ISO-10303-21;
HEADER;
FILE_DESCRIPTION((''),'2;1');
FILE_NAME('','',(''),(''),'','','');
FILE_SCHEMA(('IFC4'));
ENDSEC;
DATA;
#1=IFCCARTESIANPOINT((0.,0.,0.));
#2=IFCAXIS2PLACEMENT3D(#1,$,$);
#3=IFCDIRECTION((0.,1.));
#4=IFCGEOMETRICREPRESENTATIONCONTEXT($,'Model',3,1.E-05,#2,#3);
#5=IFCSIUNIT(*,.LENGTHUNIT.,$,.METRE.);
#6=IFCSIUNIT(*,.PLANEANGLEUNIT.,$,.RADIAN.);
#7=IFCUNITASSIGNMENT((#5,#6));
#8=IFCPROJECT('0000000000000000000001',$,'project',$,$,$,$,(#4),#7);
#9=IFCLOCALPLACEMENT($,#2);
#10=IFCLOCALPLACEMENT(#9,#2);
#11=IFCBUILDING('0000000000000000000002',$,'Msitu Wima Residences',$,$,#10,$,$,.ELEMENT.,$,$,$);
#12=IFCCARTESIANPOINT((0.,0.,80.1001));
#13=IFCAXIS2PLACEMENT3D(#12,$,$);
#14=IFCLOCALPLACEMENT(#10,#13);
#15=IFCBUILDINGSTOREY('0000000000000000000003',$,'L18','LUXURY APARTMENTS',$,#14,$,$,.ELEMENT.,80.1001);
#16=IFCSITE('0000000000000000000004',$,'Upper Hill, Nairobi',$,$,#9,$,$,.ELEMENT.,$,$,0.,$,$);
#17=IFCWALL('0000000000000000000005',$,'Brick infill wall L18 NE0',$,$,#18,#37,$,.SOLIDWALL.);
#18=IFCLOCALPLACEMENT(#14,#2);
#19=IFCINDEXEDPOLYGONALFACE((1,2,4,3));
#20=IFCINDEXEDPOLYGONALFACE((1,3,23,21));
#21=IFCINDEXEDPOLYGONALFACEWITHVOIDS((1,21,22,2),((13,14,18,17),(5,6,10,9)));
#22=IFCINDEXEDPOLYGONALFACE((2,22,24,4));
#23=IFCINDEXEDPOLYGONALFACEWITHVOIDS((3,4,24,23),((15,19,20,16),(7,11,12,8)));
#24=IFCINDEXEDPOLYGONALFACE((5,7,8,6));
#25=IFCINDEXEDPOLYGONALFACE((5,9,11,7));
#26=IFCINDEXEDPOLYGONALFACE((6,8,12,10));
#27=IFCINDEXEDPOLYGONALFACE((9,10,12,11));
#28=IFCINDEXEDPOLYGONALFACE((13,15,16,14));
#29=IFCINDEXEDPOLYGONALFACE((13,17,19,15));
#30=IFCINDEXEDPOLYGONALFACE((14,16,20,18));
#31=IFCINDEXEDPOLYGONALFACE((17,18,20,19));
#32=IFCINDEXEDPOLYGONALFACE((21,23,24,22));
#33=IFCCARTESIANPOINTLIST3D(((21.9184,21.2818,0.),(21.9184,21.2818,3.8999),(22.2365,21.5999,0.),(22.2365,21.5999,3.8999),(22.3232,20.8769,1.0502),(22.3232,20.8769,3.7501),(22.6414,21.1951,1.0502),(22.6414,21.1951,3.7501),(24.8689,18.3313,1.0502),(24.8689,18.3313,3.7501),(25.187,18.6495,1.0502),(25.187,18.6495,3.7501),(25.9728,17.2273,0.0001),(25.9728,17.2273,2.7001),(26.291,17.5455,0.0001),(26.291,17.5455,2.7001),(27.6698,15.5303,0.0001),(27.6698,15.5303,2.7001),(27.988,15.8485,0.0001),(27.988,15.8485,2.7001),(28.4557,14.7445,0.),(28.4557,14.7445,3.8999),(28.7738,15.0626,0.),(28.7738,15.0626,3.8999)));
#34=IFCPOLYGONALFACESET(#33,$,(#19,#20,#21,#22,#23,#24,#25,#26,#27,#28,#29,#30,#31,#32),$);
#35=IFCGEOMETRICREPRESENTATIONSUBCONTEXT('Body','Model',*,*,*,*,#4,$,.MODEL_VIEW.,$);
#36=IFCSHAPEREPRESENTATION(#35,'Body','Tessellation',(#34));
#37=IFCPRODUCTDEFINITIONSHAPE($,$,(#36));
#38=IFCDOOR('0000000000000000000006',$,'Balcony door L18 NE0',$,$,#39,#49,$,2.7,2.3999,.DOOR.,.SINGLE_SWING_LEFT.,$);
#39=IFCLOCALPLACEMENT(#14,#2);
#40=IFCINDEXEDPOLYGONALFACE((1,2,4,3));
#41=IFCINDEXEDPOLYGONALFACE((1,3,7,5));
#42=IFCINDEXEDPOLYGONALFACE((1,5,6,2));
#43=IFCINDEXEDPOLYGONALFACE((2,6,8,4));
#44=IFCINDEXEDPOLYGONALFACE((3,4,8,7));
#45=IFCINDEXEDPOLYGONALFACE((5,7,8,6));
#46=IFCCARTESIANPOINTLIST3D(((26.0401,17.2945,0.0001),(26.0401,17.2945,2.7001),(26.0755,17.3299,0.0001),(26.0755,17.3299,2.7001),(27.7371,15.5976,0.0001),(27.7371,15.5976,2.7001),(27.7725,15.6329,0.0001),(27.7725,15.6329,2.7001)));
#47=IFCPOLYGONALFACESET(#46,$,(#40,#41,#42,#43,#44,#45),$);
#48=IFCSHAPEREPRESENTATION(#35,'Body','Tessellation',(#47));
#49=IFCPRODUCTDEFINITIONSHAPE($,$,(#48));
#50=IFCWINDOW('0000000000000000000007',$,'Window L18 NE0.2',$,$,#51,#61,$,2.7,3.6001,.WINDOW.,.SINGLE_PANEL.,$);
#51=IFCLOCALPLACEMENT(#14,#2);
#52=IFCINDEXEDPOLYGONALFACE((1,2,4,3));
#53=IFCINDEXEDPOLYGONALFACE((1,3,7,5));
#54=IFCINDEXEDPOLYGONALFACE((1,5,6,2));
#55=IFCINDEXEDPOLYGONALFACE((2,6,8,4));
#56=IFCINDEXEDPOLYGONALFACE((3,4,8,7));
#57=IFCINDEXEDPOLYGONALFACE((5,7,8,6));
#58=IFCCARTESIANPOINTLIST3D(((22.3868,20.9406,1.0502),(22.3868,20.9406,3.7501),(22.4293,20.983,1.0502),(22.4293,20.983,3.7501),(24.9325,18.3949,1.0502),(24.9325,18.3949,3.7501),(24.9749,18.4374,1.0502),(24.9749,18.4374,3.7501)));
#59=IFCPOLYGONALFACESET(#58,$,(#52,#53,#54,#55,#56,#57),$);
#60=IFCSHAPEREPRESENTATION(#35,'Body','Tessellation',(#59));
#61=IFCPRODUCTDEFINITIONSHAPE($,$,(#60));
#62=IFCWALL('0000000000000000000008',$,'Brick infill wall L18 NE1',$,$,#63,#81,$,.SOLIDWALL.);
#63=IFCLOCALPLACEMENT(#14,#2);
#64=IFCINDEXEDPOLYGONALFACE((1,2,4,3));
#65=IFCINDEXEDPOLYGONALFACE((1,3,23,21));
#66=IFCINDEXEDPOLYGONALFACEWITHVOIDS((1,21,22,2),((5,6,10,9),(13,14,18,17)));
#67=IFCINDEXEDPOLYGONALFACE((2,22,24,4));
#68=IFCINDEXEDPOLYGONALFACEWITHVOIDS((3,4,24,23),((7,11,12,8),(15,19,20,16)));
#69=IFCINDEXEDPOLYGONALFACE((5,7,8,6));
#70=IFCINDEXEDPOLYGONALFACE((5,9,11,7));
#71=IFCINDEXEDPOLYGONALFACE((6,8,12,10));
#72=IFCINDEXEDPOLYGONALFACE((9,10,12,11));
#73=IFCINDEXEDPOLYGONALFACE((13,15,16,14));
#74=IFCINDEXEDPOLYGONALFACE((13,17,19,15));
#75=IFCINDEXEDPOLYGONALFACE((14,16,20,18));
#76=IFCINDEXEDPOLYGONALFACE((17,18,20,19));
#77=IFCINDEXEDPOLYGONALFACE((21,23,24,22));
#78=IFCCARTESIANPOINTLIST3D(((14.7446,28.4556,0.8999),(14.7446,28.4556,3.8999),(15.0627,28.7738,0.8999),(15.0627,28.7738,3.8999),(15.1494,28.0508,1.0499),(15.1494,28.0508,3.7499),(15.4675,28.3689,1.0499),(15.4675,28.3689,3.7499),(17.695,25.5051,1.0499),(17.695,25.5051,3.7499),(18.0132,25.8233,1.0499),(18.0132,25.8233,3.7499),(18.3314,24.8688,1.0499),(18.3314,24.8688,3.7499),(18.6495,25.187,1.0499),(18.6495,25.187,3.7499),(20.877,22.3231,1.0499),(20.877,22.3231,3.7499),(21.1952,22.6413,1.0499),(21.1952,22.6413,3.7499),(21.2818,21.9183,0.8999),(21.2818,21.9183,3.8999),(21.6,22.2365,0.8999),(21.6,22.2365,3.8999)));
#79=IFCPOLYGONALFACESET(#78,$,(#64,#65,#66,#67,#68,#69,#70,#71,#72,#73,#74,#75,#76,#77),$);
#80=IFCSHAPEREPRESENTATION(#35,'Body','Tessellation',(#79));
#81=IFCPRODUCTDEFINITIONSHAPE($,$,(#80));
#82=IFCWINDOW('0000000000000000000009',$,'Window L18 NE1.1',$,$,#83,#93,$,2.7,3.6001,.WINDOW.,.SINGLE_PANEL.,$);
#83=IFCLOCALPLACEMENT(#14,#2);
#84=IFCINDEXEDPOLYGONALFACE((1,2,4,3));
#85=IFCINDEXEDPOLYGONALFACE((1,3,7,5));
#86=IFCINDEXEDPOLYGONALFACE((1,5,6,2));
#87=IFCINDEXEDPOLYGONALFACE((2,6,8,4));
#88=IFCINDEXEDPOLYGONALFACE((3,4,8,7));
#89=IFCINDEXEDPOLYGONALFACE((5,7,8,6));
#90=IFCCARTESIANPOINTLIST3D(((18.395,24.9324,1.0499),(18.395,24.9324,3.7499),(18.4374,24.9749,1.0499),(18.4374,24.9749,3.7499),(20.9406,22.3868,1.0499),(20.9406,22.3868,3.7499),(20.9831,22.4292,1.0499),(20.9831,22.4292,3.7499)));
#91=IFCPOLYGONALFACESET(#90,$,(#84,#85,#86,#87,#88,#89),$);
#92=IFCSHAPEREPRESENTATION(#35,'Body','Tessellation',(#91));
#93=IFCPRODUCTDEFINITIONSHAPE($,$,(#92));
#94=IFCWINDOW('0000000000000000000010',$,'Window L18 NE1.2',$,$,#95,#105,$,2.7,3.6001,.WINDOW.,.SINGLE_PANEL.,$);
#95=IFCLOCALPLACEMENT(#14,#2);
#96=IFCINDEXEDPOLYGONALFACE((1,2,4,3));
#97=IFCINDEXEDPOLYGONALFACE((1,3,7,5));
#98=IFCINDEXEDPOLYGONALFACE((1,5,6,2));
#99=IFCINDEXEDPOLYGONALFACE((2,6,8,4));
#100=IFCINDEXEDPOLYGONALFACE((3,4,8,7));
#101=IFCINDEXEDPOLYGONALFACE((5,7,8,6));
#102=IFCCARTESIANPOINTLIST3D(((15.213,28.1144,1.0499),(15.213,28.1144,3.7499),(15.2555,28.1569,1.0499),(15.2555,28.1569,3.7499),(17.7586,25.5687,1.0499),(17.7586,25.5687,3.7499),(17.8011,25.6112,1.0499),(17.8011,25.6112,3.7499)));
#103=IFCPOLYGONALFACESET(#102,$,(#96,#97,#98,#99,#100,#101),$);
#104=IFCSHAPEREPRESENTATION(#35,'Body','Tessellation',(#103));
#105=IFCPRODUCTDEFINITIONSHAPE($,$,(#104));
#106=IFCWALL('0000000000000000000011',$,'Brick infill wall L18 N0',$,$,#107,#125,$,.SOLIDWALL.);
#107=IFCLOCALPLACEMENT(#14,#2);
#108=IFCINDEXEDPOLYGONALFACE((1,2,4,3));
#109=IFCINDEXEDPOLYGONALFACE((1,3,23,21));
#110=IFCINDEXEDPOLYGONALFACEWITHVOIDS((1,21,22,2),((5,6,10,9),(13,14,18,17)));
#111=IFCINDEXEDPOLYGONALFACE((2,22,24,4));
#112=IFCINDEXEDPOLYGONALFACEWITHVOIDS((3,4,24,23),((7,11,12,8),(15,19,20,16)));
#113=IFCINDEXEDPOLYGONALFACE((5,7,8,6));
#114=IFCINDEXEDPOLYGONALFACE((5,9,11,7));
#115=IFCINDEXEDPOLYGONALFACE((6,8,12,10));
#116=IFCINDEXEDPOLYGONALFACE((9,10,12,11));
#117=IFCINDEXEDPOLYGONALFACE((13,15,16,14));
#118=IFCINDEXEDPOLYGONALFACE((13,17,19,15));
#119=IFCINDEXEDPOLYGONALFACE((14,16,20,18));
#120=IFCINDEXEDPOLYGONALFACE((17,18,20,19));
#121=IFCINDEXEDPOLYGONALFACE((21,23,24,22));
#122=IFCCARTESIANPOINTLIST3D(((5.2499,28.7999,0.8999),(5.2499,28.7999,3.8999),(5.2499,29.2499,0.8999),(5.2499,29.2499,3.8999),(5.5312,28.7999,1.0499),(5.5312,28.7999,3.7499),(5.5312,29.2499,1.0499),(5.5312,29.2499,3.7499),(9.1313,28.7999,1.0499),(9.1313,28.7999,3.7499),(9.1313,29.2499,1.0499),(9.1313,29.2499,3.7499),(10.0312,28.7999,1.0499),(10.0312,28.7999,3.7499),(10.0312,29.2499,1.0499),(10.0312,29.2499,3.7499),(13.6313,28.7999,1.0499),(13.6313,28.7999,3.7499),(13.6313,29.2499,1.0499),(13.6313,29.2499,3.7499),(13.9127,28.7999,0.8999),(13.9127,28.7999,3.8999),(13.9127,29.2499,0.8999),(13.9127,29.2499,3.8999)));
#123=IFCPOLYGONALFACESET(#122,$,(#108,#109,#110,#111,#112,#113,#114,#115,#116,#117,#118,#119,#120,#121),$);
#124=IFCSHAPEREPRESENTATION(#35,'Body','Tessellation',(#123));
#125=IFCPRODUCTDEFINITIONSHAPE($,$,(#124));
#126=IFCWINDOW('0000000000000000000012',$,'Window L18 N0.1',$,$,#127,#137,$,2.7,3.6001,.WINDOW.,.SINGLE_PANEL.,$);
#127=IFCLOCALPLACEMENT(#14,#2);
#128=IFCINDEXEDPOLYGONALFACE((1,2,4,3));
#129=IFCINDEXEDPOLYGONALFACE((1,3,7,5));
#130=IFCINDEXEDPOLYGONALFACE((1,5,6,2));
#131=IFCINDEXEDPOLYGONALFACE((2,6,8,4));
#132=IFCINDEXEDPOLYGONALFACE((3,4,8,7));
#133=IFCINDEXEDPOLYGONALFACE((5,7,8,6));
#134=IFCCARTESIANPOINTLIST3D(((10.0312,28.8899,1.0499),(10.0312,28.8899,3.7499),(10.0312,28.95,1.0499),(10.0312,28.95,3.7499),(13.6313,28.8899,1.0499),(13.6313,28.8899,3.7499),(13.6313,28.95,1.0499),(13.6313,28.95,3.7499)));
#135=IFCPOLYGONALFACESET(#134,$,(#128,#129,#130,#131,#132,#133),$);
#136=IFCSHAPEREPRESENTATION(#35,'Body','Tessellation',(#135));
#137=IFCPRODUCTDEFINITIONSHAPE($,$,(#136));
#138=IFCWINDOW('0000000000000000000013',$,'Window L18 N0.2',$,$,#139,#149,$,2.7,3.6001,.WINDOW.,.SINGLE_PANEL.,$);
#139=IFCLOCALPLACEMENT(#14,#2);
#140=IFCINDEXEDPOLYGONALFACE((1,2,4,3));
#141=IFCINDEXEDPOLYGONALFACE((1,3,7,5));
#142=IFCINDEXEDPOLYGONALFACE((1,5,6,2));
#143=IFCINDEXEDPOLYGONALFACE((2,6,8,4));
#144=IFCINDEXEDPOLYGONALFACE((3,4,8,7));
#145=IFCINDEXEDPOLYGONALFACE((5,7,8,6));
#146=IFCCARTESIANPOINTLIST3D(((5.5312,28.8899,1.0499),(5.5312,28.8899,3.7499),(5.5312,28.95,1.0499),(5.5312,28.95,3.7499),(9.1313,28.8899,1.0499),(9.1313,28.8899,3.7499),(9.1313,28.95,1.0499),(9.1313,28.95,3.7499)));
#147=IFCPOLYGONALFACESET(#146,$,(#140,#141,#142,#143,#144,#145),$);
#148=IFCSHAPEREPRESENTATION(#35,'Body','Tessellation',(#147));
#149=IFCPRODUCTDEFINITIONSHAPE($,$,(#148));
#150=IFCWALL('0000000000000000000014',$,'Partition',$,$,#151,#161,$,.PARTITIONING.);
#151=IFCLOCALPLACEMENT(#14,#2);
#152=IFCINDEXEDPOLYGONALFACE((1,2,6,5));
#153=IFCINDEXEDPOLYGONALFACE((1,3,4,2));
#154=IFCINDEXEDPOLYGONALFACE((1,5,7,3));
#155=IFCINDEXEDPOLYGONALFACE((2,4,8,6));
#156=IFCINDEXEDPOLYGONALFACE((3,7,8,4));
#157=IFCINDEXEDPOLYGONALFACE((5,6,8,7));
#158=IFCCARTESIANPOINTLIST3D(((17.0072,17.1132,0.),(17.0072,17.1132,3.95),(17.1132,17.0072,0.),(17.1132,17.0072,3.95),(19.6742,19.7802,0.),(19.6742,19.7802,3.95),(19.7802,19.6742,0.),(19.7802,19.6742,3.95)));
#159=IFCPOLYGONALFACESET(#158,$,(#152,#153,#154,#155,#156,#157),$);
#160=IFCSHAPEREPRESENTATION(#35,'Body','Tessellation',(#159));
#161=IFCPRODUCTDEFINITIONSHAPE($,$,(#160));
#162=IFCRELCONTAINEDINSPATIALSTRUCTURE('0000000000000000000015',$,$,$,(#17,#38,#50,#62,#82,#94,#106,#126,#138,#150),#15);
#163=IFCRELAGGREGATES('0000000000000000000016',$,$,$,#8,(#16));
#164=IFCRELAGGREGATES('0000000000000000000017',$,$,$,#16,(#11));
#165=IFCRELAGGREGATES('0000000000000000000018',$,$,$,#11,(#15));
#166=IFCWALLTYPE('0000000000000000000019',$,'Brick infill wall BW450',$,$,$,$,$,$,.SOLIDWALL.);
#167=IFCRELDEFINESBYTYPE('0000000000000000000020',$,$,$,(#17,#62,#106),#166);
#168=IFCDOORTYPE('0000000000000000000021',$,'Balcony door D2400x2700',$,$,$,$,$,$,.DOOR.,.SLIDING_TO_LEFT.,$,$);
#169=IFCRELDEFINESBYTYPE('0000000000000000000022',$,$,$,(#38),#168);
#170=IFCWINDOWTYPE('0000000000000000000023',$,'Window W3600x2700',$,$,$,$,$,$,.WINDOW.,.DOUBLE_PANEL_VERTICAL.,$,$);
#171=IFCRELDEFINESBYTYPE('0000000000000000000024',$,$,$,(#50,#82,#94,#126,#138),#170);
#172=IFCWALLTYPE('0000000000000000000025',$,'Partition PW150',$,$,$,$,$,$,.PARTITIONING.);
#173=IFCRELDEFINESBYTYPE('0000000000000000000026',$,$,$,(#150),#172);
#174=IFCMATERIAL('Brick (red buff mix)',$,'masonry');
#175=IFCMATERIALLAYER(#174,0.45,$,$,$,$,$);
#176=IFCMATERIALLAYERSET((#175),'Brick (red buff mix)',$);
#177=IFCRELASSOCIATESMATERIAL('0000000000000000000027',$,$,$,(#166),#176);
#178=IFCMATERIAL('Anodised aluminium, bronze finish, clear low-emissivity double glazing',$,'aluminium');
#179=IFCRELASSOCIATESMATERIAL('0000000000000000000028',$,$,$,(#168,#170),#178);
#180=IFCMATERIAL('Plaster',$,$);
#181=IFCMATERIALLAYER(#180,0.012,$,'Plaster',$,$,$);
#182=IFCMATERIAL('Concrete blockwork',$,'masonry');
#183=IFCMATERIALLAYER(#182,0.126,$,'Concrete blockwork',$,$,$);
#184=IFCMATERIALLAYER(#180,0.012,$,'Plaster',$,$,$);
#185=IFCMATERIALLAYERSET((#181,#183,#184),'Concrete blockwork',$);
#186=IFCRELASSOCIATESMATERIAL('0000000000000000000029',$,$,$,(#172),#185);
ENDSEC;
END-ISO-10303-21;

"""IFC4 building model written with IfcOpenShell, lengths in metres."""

from ifc_helpers import new_model, si_unit, direction, frame, frame_2d, origin, place, context, subcontext, project, spatial, rectangle, extrude, material, layer, layer_set, type_object, element, fill, save


model = new_model("IFC4")

# Units and contexts
model_context = context("Model", 3, precision=1e-05, world=origin(), true_north=direction((0.0, 1.0)))
body_context = subcontext(model_context, "Body", "Model", "MODEL_VIEW")
ifc_project = project(units=[si_unit("LENGTHUNIT", "METRE"), si_unit("PLANEANGLEUNIT", "RADIAN")], contexts=[model_context])

# Site, building, storey
site_placement = place(None, origin())
site = spatial("IfcSite", under=ifc_project, at=site_placement, Name="Upper Hill, Nairobi", CompositionType="ELEMENT", RefElevation=0.0)
building_placement = place(site_placement, origin())
building = spatial("IfcBuilding", under=site, at=building_placement, Name="Msitu Wima Residences", CompositionType="ELEMENT")
storey_placement = place(building_placement, frame((0.0, 0.0, 80.1001)))
storey = spatial("IfcBuildingStorey", under=building, at=storey_placement, Name="L18", Description="LUXURY APARTMENTS", CompositionType="ELEMENT", Elevation=80.1001)

# Wall, openings, door, window
ifc_material_1 = material(Name="Brick (red buff mix)", Category="masonry")
ifc_layer_1 = layer(ifc_material_1, 0.45)
ifc_layer_set_1 = layer_set([ifc_layer_1], Name="Brick (red buff mix)")
wall_type_1 = type_object("IfcWallType", Name="Brick infill wall BW450", PredefinedType="SOLIDWALL", material=ifc_layer_set_1)
wall_1_placement = place(storey_placement, frame((28.6147, 14.9036, 0.0), z_axis=(0.0, 0.0, 1.0), x_axis=(-0.707107, 0.707107, 0.0)))
wall_1 = element("IfcWall", 1, at=wall_1_placement, inside=storey, type_object=wall_type_1, Name="Brick infill wall L18 NE0", PredefinedType="SOLIDWALL", context=body_context, shape_type="SweptSolid", body=[
    extrude(rectangle(XDim=9.2451, YDim=0.45, at=frame_2d((4.6226, 0.0))), origin(), (0.0, 0.0, 1.0), 3.8999),
])
opening_1_placement = place(wall_1_placement, frame((1.1113, 0.0, 0.0)))
opening_1 = element("IfcOpeningElement", 2, at=opening_1_placement, cuts=wall_1, PredefinedType="OPENING", context=body_context, shape_type="SweptSolid", body=[
    extrude(rectangle(XDim=2.3999, YDim=2.7, at=frame_2d((1.2, 1.3501))), frame((0.0, 0.2349, 0.0), z_axis=(0.0, -1.0, 0.0), x_axis=(1.0, 0.0, 0.0)), (0.0, 0.0, 1.0), 0.47),
])
opening_2_placement = place(wall_1_placement, frame((5.0725, 0.0, 1.05)))
opening_2 = element("IfcOpeningElement", 3, at=opening_2_placement, cuts=wall_1, PredefinedType="OPENING", context=body_context, shape_type="SweptSolid", body=[
    extrude(rectangle(XDim=3.6001, YDim=2.7, at=frame_2d((1.8, 1.3501))), frame((0.0, 0.2349, 0.0), z_axis=(0.0, -1.0, 0.0), x_axis=(1.0, 0.0, 0.0)), (0.0, 0.0, 1.0), 0.47),
])
ifc_material_2 = material(Name="Anodised aluminium, bronze finish, clear low-emissivity double glazing", Category="aluminium")
door_type_1 = type_object("IfcDoorType", Name="Balcony door D2400x2700", OperationType="SLIDING_TO_LEFT", PredefinedType="DOOR", material=ifc_material_2)
door_1_placement = place(opening_1_placement, origin())
door_1 = element("IfcDoor", 4, at=door_1_placement, inside=storey, type_object=door_type_1, Name="Balcony door L18 NE0", OperationType="SINGLE_SWING_LEFT", OverallHeight=2.7, OverallWidth=2.3999, PredefinedType="DOOR", context=body_context, shape_type="SweptSolid", body=[
    extrude(rectangle(XDim=2.3999, YDim=2.7, at=frame_2d((1.2, 1.3501))), frame((0.0, 0.1299, 0.0), z_axis=(0.0, -1.0, 0.0), x_axis=(1.0, 0.0, 0.0)), (0.0, 0.0, 1.0), 0.05),
])
fill(opening_1, door_1)
window_type = type_object("IfcWindowType", Name="Window W3600x2700", PartitioningType="DOUBLE_PANEL_VERTICAL", PredefinedType="WINDOW", material=ifc_material_2)
window_1_placement = place(opening_2_placement, origin())
window_1 = element("IfcWindow", 5, at=window_1_placement, inside=storey, type_object=window_type, Name="Window L18 NE0.2", OverallHeight=2.7, OverallWidth=3.6001, PartitioningType="SINGLE_PANEL", PredefinedType="WINDOW", context=body_context, shape_type="SweptSolid", body=[
    extrude(rectangle(XDim=3.6001, YDim=2.7, at=frame_2d((1.8, 1.3501))), frame((0.0, 0.135, 0.0), z_axis=(0.0, -1.0, 0.0), x_axis=(1.0, 0.0, 0.0)), (0.0, 0.0, 1.0), 0.0601),
])
fill(opening_2, window_1)

# Walls, openings, windows
wall_2_placement = place(storey_placement, frame((21.4409, 22.0774, 0.8999), z_axis=(0.0, 0.0, 1.0), x_axis=(-0.707107, 0.707107, 0.0)))
wall_2 = element("IfcWall", 6, at=wall_2_placement, inside=storey, type_object=wall_type_1, Name="Brick infill wall L18 NE1", PredefinedType="SOLIDWALL", context=body_context, shape_type="SweptSolid", body=[
    extrude(rectangle(XDim=9.2451, YDim=0.45, at=frame_2d((4.6226, 0.0))), origin(), (0.0, 0.0, 1.0), 3.0),
])
opening_3_placement = place(wall_2_placement, frame((0.5725, 0.0, 0.1499)))
opening_3 = element("IfcOpeningElement", 7, at=opening_3_placement, cuts=wall_2, PredefinedType="OPENING", context=body_context, shape_type="SweptSolid", body=[
    extrude(rectangle(XDim=3.6001, YDim=2.7, at=frame_2d((1.8, 1.3501))), frame((0.0, 0.2349, 0.0), z_axis=(0.0, -1.0, 0.0), x_axis=(1.0, 0.0, 0.0)), (0.0, 0.0, 1.0), 0.47),
])
opening_4_placement = place(wall_2_placement, frame((5.0725, 0.0, 0.1499)))
opening_4 = element("IfcOpeningElement", 8, at=opening_4_placement, cuts=wall_2, PredefinedType="OPENING", context=body_context, shape_type="SweptSolid", body=[
    extrude(rectangle(XDim=3.6001, YDim=2.7, at=frame_2d((1.8, 1.3501))), frame((0.0, 0.2349, 0.0), z_axis=(0.0, -1.0, 0.0), x_axis=(1.0, 0.0, 0.0)), (0.0, 0.0, 1.0), 0.47),
])
window_2_placement = place(opening_3_placement, origin())
window_2 = element("IfcWindow", 9, at=window_2_placement, inside=storey, type_object=window_type, Name="Window L18 NE1.1", OverallHeight=2.7, OverallWidth=3.6001, PartitioningType="SINGLE_PANEL", PredefinedType="WINDOW", context=body_context, shape_type="SweptSolid", body=[
    extrude(rectangle(XDim=3.6001, YDim=2.7, at=frame_2d((1.8, 1.3501))), frame((0.0, 0.135, 0.0), z_axis=(0.0, -1.0, 0.0), x_axis=(1.0, 0.0, 0.0)), (0.0, 0.0, 1.0), 0.0601),
])
fill(opening_3, window_2)
window_3_placement = place(opening_4_placement, origin())
window_3 = element("IfcWindow", 10, at=window_3_placement, inside=storey, type_object=window_type, Name="Window L18 NE1.2", OverallHeight=2.7, OverallWidth=3.6001, PartitioningType="SINGLE_PANEL", PredefinedType="WINDOW", context=body_context, shape_type="SweptSolid", body=[
    extrude(rectangle(XDim=3.6001, YDim=2.7, at=frame_2d((1.8, 1.3501))), frame((0.0, 0.135, 0.0), z_axis=(0.0, -1.0, 0.0), x_axis=(1.0, 0.0, 0.0)), (0.0, 0.0, 1.0), 0.0601),
])
fill(opening_4, window_3)
wall_3_placement = place(storey_placement, frame((13.9128, 29.0249, 0.8999), z_axis=(0.0, 0.0, 1.0), x_axis=(-1.0, 0.0, 0.0)))
wall_3 = element("IfcWall", 11, at=wall_3_placement, inside=storey, type_object=wall_type_1, Name="Brick infill wall L18 N0", PredefinedType="SOLIDWALL", context=body_context, shape_type="SweptSolid", body=[
    extrude(rectangle(XDim=8.6628, YDim=0.45, at=frame_2d((4.3315, 0.0))), origin(), (0.0, 0.0, 1.0), 3.0),
])
opening_5_placement = place(wall_3_placement, frame((0.2815, 0.0, 0.1499)))
opening_5 = element("IfcOpeningElement", 12, at=opening_5_placement, cuts=wall_3, PredefinedType="OPENING", context=body_context, shape_type="SweptSolid", body=[
    extrude(rectangle(XDim=3.6001, YDim=2.7, at=frame_2d((1.8, 1.3501))), frame((0.0, 0.2349, 0.0), z_axis=(0.0, -1.0, 0.0), x_axis=(1.0, 0.0, 0.0)), (0.0, 0.0, 1.0), 0.47),
])
opening_6_placement = place(wall_3_placement, frame((4.7815, 0.0, 0.1499)))
opening_6 = element("IfcOpeningElement", 13, at=opening_6_placement, cuts=wall_3, PredefinedType="OPENING", context=body_context, shape_type="SweptSolid", body=[
    extrude(rectangle(XDim=3.6001, YDim=2.7, at=frame_2d((1.8, 1.3501))), frame((0.0, 0.2349, 0.0), z_axis=(0.0, -1.0, 0.0), x_axis=(1.0, 0.0, 0.0)), (0.0, 0.0, 1.0), 0.47),
])
window_4_placement = place(opening_5_placement, origin())
window_4 = element("IfcWindow", 14, at=window_4_placement, inside=storey, type_object=window_type, Name="Window L18 N0.1", OverallHeight=2.7, OverallWidth=3.6001, PartitioningType="SINGLE_PANEL", PredefinedType="WINDOW", context=body_context, shape_type="SweptSolid", body=[
    extrude(rectangle(XDim=3.6001, YDim=2.7, at=frame_2d((1.8, 1.3501))), frame((0.0, 0.135, 0.0), z_axis=(0.0, -1.0, 0.0), x_axis=(1.0, 0.0, 0.0)), (0.0, 0.0, 1.0), 0.0601),
])
fill(opening_5, window_4)
window_5_placement = place(opening_6_placement, origin())
window_5 = element("IfcWindow", 15, at=window_5_placement, inside=storey, type_object=window_type, Name="Window L18 N0.2", OverallHeight=2.7, OverallWidth=3.6001, PartitioningType="SINGLE_PANEL", PredefinedType="WINDOW", context=body_context, shape_type="SweptSolid", body=[
    extrude(rectangle(XDim=3.6001, YDim=2.7, at=frame_2d((1.8, 1.3501))), frame((0.0, 0.135, 0.0), z_axis=(0.0, -1.0, 0.0), x_axis=(1.0, 0.0, 0.0)), (0.0, 0.0, 1.0), 0.0601),
])
fill(opening_6, window_5)

# Wall
ifc_material_3 = material(Name="Plaster")
ifc_layer_2 = layer(ifc_material_3, 0.012, Name="Plaster")
ifc_material_4 = material(Name="Concrete blockwork", Category="masonry")
ifc_layer_3 = layer(ifc_material_4, 0.126, Name="Concrete blockwork")
ifc_layer_4 = layer(ifc_material_3, 0.012, Name="Plaster")
ifc_layer_set_2 = layer_set([ifc_layer_2, ifc_layer_3, ifc_layer_4], Name="Concrete blockwork")
wall_type_2 = type_object("IfcWallType", Name="Partition PW150", PredefinedType="PARTITIONING", material=ifc_layer_set_2)
wall_4_placement = place(storey_placement, frame((17.0603, 17.0603, 0.0), z_axis=(0.0, 0.0, 1.0), x_axis=(0.707107, 0.707107, 0.0)))
element("IfcWall", 16, at=wall_4_placement, inside=storey, type_object=wall_type_2, Name="Partition", PredefinedType="PARTITIONING", context=body_context, shape_type="SweptSolid", body=[
    extrude(rectangle(XDim=3.7717, YDim=0.1499, at=frame_2d((1.8857, 0.0))), origin(), (0.0, 0.0, 1.0), 3.95),
])

save(model, "model.ifc")
